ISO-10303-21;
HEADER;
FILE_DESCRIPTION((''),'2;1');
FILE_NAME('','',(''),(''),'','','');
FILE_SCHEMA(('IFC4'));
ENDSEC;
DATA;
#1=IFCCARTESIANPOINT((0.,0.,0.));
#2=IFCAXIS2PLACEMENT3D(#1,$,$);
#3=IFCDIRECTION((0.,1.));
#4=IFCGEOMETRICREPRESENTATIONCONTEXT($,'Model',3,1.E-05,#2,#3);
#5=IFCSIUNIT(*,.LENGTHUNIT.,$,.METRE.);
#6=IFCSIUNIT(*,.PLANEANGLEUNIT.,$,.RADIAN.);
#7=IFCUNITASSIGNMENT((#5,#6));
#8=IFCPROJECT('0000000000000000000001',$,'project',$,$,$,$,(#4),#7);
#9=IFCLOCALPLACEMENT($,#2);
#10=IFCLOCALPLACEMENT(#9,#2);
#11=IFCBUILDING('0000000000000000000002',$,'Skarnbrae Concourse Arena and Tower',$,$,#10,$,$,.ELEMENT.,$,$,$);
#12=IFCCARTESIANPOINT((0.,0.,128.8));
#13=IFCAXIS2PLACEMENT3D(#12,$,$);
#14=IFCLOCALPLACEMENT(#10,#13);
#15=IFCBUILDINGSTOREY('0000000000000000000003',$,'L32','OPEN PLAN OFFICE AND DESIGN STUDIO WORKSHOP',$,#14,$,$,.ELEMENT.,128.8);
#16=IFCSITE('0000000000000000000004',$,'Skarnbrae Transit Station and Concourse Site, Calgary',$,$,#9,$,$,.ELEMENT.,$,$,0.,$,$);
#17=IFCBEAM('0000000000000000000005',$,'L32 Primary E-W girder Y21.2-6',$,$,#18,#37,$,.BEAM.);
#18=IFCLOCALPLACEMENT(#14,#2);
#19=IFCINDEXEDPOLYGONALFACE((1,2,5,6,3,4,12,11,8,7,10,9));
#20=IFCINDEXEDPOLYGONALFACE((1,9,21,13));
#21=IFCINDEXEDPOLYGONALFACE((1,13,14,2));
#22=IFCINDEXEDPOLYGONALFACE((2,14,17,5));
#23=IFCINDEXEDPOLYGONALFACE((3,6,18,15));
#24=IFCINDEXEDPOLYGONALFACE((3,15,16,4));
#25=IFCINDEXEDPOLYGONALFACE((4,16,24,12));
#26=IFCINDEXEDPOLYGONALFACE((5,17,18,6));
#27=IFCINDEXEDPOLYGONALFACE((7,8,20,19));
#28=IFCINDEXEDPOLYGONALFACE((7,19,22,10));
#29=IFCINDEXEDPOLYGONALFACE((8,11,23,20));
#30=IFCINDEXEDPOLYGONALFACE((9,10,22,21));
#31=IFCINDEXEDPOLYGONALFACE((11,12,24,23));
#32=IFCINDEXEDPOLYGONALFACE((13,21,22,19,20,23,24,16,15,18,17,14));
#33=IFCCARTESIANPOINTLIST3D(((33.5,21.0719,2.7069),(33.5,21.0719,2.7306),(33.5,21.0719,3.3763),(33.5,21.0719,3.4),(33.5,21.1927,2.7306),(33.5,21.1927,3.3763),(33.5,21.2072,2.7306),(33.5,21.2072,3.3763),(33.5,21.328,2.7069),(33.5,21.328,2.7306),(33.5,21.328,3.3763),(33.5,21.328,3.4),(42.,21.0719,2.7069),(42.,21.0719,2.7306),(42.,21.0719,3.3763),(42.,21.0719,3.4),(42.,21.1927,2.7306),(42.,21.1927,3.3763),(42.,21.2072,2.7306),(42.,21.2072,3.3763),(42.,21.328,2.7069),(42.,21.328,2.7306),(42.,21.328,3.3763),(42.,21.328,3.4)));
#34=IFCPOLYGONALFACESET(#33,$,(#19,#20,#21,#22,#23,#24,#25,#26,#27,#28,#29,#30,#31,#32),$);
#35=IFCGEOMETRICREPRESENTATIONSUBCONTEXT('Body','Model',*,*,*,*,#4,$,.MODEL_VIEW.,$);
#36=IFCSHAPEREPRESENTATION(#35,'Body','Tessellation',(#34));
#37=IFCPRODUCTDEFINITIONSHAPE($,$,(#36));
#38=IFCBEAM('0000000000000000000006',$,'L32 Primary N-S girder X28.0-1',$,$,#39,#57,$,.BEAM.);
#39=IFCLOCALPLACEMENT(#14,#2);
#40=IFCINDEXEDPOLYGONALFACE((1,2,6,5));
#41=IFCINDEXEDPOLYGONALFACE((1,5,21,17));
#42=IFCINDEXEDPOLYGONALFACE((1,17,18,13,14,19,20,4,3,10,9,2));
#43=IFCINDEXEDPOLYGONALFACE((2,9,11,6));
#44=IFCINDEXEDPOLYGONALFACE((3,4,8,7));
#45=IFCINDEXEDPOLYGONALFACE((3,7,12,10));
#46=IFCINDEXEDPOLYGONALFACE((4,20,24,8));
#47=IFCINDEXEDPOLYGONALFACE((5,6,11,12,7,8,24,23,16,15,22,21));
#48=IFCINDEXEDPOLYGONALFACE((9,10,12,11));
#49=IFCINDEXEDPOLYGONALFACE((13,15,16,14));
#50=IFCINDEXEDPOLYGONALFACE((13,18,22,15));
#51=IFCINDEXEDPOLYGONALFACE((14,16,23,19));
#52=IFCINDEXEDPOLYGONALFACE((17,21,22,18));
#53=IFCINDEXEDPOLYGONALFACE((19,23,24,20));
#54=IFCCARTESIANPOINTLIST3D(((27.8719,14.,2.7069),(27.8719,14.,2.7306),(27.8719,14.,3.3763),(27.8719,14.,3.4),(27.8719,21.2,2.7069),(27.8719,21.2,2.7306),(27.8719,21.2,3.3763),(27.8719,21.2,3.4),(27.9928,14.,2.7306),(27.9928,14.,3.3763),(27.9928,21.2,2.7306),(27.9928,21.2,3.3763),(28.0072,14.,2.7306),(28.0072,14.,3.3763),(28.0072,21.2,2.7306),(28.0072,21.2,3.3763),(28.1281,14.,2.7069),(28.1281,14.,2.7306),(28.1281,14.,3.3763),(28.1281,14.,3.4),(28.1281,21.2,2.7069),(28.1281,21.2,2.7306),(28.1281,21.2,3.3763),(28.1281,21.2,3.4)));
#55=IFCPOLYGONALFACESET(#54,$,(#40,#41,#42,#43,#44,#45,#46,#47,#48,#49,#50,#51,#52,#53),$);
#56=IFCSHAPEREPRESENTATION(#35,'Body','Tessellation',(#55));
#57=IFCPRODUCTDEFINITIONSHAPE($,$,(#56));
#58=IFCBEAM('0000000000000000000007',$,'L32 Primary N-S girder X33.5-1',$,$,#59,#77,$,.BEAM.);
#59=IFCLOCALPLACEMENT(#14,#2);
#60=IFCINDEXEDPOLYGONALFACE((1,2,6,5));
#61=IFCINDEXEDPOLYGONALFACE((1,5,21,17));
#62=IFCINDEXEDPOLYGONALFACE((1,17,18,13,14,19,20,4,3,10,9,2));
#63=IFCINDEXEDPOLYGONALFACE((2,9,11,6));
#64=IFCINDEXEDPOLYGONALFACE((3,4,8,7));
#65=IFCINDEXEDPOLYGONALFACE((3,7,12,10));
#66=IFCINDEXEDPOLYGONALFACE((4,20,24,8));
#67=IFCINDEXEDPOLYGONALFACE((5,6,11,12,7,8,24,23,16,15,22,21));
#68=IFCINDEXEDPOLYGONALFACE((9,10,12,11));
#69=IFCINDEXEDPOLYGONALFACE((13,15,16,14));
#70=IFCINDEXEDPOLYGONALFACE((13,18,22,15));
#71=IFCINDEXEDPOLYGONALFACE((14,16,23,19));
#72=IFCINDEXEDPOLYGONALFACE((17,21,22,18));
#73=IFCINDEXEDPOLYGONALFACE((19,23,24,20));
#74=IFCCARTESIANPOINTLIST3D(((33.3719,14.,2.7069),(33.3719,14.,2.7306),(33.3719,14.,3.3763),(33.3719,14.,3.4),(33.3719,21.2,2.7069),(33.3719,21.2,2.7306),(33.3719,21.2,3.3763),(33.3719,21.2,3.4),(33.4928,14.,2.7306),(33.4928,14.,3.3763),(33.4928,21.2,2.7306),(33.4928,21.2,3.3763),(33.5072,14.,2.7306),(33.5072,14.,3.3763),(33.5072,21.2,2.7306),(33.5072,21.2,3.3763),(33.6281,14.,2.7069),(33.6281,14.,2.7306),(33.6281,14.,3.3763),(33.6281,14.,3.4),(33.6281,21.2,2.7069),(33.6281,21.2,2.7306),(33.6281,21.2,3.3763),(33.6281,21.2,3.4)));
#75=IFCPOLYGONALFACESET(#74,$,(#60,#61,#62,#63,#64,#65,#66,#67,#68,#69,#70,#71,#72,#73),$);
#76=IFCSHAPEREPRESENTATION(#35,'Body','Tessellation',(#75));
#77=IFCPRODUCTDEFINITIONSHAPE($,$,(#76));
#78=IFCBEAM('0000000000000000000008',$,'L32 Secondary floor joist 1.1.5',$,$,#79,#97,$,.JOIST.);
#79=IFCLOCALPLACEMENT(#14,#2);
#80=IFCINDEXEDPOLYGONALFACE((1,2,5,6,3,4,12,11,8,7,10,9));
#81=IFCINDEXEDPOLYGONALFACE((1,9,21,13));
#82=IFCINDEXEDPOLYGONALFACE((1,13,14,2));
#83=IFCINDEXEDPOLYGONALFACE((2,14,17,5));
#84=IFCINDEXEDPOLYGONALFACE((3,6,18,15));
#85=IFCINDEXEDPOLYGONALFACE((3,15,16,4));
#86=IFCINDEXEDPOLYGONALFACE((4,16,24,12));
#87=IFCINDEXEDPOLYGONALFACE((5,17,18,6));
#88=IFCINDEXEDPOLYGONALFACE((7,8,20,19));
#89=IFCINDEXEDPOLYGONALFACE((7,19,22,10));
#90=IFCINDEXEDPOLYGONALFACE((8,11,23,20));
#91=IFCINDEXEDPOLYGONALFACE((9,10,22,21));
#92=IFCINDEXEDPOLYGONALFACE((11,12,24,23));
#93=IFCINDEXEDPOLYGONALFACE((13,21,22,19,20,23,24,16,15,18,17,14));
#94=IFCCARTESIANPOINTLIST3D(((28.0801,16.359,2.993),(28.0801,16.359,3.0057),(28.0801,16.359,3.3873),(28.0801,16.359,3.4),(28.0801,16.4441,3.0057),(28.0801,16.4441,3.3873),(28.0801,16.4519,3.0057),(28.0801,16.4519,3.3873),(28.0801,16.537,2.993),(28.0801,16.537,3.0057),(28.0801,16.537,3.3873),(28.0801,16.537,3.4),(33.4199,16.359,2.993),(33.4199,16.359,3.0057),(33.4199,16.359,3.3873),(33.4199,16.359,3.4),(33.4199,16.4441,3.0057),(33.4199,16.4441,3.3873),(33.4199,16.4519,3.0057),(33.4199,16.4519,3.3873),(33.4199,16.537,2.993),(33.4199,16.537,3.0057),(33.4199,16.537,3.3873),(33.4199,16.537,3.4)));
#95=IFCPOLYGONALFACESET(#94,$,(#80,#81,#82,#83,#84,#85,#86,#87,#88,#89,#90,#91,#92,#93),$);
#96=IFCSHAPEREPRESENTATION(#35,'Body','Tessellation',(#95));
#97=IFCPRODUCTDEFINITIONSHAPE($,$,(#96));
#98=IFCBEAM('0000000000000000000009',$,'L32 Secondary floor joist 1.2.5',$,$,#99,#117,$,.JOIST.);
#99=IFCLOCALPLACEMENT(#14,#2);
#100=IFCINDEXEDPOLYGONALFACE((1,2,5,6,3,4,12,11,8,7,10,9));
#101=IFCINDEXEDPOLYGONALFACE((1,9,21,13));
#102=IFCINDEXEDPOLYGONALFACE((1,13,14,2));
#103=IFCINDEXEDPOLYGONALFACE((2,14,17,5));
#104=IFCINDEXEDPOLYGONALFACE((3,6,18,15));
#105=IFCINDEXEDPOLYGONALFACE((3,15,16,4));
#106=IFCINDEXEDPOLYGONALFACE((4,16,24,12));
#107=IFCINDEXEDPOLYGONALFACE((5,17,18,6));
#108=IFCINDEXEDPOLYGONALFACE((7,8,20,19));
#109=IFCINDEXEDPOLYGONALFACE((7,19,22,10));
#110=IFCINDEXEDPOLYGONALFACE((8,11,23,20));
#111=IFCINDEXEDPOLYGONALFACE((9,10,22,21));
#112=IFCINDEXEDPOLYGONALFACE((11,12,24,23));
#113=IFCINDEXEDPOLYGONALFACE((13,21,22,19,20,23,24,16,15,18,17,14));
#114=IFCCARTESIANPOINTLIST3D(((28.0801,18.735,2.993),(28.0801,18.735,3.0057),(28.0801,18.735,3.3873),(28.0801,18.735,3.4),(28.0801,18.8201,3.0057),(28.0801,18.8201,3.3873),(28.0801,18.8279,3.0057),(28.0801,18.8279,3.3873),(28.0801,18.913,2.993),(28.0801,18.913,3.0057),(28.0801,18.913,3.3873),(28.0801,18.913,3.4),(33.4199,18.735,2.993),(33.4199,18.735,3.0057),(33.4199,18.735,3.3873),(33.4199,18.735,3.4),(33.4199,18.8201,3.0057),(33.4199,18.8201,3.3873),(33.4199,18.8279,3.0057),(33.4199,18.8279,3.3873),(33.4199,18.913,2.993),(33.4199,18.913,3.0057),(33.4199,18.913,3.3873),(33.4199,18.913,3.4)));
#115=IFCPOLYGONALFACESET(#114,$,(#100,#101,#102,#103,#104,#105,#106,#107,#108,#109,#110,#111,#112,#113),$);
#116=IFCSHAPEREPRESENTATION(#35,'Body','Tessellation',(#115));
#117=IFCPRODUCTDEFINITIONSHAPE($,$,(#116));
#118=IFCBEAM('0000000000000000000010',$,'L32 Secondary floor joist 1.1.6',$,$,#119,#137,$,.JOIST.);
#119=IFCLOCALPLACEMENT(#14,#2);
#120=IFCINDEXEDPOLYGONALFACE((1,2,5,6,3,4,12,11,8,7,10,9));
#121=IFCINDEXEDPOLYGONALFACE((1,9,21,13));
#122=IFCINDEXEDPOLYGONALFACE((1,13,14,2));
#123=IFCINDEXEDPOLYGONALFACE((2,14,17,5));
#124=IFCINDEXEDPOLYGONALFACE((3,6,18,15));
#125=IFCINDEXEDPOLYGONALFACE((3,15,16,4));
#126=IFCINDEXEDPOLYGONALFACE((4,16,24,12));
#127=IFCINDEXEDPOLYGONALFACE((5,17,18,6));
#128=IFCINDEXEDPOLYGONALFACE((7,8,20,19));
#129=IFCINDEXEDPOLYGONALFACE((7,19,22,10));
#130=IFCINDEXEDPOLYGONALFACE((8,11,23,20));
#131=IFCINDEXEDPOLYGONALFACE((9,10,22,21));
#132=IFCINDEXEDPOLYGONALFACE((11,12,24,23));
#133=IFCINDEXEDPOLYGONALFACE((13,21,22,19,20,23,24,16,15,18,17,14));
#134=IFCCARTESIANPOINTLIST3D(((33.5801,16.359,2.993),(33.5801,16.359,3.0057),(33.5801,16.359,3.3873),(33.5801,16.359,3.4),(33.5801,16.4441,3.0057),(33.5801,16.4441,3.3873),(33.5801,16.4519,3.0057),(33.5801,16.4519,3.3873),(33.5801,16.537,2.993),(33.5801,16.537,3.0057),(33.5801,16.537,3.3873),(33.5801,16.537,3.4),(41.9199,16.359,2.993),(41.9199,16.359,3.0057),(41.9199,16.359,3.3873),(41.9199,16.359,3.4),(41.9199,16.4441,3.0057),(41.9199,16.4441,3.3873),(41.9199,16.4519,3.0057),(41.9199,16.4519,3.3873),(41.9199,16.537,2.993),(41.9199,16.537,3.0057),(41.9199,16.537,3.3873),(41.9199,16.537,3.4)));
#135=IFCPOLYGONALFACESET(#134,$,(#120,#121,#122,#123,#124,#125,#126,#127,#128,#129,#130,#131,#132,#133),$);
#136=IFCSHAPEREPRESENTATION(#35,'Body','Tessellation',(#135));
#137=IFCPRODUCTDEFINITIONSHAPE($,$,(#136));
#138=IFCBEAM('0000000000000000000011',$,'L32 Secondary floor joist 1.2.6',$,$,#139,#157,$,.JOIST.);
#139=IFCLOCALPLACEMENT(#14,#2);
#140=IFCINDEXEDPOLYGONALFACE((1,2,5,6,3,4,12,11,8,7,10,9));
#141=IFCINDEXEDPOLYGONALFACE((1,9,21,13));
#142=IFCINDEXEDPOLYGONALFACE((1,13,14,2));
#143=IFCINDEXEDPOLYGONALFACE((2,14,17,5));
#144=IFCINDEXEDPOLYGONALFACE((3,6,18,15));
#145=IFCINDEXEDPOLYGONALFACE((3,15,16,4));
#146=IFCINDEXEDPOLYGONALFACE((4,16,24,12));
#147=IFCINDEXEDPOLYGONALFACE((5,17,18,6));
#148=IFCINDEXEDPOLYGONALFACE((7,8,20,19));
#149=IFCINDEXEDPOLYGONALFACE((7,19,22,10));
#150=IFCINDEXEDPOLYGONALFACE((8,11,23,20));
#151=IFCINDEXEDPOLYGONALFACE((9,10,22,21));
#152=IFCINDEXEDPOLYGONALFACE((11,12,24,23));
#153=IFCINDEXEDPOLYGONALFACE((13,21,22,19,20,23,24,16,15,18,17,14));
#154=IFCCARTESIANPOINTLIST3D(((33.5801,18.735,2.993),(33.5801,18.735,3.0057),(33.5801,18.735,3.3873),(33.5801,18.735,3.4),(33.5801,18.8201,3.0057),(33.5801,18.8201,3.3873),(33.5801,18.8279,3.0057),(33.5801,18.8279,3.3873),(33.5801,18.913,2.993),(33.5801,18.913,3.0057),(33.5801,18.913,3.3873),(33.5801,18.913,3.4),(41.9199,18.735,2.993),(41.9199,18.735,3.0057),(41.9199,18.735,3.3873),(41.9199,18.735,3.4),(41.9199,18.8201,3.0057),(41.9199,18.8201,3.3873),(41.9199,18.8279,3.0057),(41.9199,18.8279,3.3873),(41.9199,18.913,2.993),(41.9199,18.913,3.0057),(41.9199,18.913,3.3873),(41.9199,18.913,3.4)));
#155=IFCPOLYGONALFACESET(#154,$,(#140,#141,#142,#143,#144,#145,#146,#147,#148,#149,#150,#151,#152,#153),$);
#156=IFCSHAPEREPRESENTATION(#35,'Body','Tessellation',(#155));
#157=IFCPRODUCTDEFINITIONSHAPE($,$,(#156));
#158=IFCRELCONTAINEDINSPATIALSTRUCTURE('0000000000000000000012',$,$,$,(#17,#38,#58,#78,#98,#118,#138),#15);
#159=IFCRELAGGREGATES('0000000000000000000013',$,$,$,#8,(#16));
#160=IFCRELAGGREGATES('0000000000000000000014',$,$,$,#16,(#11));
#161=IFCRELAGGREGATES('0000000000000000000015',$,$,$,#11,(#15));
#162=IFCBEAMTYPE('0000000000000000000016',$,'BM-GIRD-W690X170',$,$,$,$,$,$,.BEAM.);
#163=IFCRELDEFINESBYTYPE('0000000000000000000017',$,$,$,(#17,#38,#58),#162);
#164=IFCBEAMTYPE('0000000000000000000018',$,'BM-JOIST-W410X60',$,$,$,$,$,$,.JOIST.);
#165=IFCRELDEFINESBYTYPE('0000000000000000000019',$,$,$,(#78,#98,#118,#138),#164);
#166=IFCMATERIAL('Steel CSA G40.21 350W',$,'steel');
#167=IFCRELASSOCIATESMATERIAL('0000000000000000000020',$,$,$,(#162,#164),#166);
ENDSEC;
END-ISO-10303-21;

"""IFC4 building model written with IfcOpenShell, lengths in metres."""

from ifc_helpers import new_model, si_unit, direction, frame, origin, origin_2d, place, context, subcontext, project, spatial, i_section, extrude, source, transform, mapped, material, material_profile, profile_set, type_object, element, save


model = new_model("IFC4")

# Units and contexts
model_context = context("Model", 3, precision=1e-05, world=origin(), true_north=direction((0.0, 1.0)))
body_context = subcontext(model_context, "Body", "Model", "MODEL_VIEW")
ifc_project = project(units=[si_unit("LENGTHUNIT", "METRE"), si_unit("PLANEANGLEUNIT", "RADIAN")], contexts=[model_context])

# Site, building, storey
site_placement = place(None, origin())
site = spatial("IfcSite", under=ifc_project, at=site_placement, Name="Skarnbrae Transit Station and Concourse Site, Calgary", CompositionType="ELEMENT", RefElevation=0.0)
building_placement = place(site_placement, origin())
building = spatial("IfcBuilding", under=site, at=building_placement, Name="Skarnbrae Concourse Arena and Tower", CompositionType="ELEMENT")
storey_placement = place(building_placement, frame((0.0, 0.0, 128.8)))
storey = spatial("IfcBuildingStorey", under=building, at=storey_placement, Name="L32", Description="OPEN PLAN OFFICE AND DESIGN STUDIO WORKSHOP", CompositionType="ELEMENT", Elevation=128.8)

# Shared definitions
ifc_material_1 = material(Name="Steel CSA G40.21 350W", Category="steel")

# Beams
ifc_material_profile_1 = material_profile(ifc_material_1, i_section(OverallWidth=0.2561, OverallDepth=0.6931, WebThickness=0.0144, FlangeThickness=0.0237, at=origin_2d()), Name="W690X170")
ifc_profile_set_1 = profile_set([ifc_material_profile_1], Name="Steel CSA G40.21 350W")
beam_type_1 = type_object("IfcBeamType", Name="BM-GIRD-W690X170", PredefinedType="BEAM", material=ifc_profile_set_1)
shared_shape_1 = source(origin(), body_context, "Body", "SweptSolid", [
    extrude(i_section(OverallWidth=0.2561, OverallDepth=0.6931, WebThickness=0.0144, FlangeThickness=0.0237, at=origin_2d()), origin(), (0.0, 0.0, 1.0), 8.5),
])
for number, where, z_axis, x_axis, name in (
    (1, (33.5, 21.2, 3.0535), (1.0, 0.0, 0.0), (0.0, 1.0, 0.0), "L32 Primary E-W girder Y21.2-6"),
):
    element("IfcBeam", number, at=place(storey_placement, frame(where, z_axis=z_axis, x_axis=x_axis)), inside=storey, type_object=beam_type_1, Name=name, PredefinedType="BEAM", context=body_context, shape_type="MappedRepresentation", body=[
        mapped(shared_shape_1, transform((0.0, 0.0, 0.0))),
    ])
shared_shape_2 = source(origin(), body_context, "Body", "SweptSolid", [
    extrude(i_section(OverallWidth=0.2561, OverallDepth=0.6931, WebThickness=0.0144, FlangeThickness=0.0237, at=origin_2d()), origin(), (0.0, 0.0, 1.0), 7.2),
])
for number, where, z_axis, x_axis, name in (
    (2, (28.0, 14.0, 3.0535), (0.0, 1.0, 0.0), (-1.0, 0.0, 0.0), "L32 Primary N-S girder X28.0-1"),
    (3, (33.5, 14.0, 3.0535), (0.0, 1.0, 0.0), (-1.0, 0.0, 0.0), "L32 Primary N-S girder X33.5-1"),
):
    element("IfcBeam", number, at=place(storey_placement, frame(where, z_axis=z_axis, x_axis=x_axis)), inside=storey, type_object=beam_type_1, Name=name, PredefinedType="BEAM", context=body_context, shape_type="MappedRepresentation", body=[
        mapped(shared_shape_2, transform((0.0, 0.0, 0.0))),
    ])
ifc_material_profile_2 = material_profile(ifc_material_1, i_section(OverallWidth=0.178, OverallDepth=0.407, WebThickness=0.0078, FlangeThickness=0.0127, at=origin_2d()), Name="W410X60")
ifc_profile_set_2 = profile_set([ifc_material_profile_2], Name="Steel CSA G40.21 350W")
beam_type_2 = type_object("IfcBeamType", Name="BM-JOIST-W410X60", PredefinedType="JOIST", material=ifc_profile_set_2)
shared_shape_3 = source(origin(), body_context, "Body", "SweptSolid", [
    extrude(i_section(OverallWidth=0.178, OverallDepth=0.407, WebThickness=0.0078, FlangeThickness=0.0127, at=origin_2d()), origin(), (0.0, 0.0, 1.0), 5.3398),
])
for number, where, z_axis, x_axis, name in (
    (4, (28.0801, 16.448, 3.1965), (1.0, 0.0, 0.0), (0.0, 1.0, 0.0), "L32 Secondary floor joist 1.1.5"),
    (5, (28.0801, 18.824, 3.1965), (1.0, 0.0, 0.0), (0.0, 1.0, 0.0), "L32 Secondary floor joist 1.2.5"),
):
    element("IfcBeam", number, at=place(storey_placement, frame(where, z_axis=z_axis, x_axis=x_axis)), inside=storey, type_object=beam_type_2, Name=name, PredefinedType="JOIST", context=body_context, shape_type="MappedRepresentation", body=[
        mapped(shared_shape_3, transform((0.0, 0.0, 0.0))),
    ])
shared_shape_4 = source(origin(), body_context, "Body", "SweptSolid", [
    extrude(i_section(OverallWidth=0.178, OverallDepth=0.407, WebThickness=0.0078, FlangeThickness=0.0127, at=origin_2d()), origin(), (0.0, 0.0, 1.0), 8.3398),
])
for number, where, z_axis, x_axis, name in (
    (6, (33.5801, 16.448, 3.1965), (1.0, 0.0, 0.0), (0.0, 1.0, 0.0), "L32 Secondary floor joist 1.1.6"),
    (7, (33.5801, 18.824, 3.1965), (1.0, 0.0, 0.0), (0.0, 1.0, 0.0), "L32 Secondary floor joist 1.2.6"),
):
    element("IfcBeam", number, at=place(storey_placement, frame(where, z_axis=z_axis, x_axis=x_axis)), inside=storey, type_object=beam_type_2, Name=name, PredefinedType="JOIST", context=body_context, shape_type="MappedRepresentation", body=[
        mapped(shared_shape_4, transform((0.0, 0.0, 0.0))),
    ])

save(model, "model.ifc")
